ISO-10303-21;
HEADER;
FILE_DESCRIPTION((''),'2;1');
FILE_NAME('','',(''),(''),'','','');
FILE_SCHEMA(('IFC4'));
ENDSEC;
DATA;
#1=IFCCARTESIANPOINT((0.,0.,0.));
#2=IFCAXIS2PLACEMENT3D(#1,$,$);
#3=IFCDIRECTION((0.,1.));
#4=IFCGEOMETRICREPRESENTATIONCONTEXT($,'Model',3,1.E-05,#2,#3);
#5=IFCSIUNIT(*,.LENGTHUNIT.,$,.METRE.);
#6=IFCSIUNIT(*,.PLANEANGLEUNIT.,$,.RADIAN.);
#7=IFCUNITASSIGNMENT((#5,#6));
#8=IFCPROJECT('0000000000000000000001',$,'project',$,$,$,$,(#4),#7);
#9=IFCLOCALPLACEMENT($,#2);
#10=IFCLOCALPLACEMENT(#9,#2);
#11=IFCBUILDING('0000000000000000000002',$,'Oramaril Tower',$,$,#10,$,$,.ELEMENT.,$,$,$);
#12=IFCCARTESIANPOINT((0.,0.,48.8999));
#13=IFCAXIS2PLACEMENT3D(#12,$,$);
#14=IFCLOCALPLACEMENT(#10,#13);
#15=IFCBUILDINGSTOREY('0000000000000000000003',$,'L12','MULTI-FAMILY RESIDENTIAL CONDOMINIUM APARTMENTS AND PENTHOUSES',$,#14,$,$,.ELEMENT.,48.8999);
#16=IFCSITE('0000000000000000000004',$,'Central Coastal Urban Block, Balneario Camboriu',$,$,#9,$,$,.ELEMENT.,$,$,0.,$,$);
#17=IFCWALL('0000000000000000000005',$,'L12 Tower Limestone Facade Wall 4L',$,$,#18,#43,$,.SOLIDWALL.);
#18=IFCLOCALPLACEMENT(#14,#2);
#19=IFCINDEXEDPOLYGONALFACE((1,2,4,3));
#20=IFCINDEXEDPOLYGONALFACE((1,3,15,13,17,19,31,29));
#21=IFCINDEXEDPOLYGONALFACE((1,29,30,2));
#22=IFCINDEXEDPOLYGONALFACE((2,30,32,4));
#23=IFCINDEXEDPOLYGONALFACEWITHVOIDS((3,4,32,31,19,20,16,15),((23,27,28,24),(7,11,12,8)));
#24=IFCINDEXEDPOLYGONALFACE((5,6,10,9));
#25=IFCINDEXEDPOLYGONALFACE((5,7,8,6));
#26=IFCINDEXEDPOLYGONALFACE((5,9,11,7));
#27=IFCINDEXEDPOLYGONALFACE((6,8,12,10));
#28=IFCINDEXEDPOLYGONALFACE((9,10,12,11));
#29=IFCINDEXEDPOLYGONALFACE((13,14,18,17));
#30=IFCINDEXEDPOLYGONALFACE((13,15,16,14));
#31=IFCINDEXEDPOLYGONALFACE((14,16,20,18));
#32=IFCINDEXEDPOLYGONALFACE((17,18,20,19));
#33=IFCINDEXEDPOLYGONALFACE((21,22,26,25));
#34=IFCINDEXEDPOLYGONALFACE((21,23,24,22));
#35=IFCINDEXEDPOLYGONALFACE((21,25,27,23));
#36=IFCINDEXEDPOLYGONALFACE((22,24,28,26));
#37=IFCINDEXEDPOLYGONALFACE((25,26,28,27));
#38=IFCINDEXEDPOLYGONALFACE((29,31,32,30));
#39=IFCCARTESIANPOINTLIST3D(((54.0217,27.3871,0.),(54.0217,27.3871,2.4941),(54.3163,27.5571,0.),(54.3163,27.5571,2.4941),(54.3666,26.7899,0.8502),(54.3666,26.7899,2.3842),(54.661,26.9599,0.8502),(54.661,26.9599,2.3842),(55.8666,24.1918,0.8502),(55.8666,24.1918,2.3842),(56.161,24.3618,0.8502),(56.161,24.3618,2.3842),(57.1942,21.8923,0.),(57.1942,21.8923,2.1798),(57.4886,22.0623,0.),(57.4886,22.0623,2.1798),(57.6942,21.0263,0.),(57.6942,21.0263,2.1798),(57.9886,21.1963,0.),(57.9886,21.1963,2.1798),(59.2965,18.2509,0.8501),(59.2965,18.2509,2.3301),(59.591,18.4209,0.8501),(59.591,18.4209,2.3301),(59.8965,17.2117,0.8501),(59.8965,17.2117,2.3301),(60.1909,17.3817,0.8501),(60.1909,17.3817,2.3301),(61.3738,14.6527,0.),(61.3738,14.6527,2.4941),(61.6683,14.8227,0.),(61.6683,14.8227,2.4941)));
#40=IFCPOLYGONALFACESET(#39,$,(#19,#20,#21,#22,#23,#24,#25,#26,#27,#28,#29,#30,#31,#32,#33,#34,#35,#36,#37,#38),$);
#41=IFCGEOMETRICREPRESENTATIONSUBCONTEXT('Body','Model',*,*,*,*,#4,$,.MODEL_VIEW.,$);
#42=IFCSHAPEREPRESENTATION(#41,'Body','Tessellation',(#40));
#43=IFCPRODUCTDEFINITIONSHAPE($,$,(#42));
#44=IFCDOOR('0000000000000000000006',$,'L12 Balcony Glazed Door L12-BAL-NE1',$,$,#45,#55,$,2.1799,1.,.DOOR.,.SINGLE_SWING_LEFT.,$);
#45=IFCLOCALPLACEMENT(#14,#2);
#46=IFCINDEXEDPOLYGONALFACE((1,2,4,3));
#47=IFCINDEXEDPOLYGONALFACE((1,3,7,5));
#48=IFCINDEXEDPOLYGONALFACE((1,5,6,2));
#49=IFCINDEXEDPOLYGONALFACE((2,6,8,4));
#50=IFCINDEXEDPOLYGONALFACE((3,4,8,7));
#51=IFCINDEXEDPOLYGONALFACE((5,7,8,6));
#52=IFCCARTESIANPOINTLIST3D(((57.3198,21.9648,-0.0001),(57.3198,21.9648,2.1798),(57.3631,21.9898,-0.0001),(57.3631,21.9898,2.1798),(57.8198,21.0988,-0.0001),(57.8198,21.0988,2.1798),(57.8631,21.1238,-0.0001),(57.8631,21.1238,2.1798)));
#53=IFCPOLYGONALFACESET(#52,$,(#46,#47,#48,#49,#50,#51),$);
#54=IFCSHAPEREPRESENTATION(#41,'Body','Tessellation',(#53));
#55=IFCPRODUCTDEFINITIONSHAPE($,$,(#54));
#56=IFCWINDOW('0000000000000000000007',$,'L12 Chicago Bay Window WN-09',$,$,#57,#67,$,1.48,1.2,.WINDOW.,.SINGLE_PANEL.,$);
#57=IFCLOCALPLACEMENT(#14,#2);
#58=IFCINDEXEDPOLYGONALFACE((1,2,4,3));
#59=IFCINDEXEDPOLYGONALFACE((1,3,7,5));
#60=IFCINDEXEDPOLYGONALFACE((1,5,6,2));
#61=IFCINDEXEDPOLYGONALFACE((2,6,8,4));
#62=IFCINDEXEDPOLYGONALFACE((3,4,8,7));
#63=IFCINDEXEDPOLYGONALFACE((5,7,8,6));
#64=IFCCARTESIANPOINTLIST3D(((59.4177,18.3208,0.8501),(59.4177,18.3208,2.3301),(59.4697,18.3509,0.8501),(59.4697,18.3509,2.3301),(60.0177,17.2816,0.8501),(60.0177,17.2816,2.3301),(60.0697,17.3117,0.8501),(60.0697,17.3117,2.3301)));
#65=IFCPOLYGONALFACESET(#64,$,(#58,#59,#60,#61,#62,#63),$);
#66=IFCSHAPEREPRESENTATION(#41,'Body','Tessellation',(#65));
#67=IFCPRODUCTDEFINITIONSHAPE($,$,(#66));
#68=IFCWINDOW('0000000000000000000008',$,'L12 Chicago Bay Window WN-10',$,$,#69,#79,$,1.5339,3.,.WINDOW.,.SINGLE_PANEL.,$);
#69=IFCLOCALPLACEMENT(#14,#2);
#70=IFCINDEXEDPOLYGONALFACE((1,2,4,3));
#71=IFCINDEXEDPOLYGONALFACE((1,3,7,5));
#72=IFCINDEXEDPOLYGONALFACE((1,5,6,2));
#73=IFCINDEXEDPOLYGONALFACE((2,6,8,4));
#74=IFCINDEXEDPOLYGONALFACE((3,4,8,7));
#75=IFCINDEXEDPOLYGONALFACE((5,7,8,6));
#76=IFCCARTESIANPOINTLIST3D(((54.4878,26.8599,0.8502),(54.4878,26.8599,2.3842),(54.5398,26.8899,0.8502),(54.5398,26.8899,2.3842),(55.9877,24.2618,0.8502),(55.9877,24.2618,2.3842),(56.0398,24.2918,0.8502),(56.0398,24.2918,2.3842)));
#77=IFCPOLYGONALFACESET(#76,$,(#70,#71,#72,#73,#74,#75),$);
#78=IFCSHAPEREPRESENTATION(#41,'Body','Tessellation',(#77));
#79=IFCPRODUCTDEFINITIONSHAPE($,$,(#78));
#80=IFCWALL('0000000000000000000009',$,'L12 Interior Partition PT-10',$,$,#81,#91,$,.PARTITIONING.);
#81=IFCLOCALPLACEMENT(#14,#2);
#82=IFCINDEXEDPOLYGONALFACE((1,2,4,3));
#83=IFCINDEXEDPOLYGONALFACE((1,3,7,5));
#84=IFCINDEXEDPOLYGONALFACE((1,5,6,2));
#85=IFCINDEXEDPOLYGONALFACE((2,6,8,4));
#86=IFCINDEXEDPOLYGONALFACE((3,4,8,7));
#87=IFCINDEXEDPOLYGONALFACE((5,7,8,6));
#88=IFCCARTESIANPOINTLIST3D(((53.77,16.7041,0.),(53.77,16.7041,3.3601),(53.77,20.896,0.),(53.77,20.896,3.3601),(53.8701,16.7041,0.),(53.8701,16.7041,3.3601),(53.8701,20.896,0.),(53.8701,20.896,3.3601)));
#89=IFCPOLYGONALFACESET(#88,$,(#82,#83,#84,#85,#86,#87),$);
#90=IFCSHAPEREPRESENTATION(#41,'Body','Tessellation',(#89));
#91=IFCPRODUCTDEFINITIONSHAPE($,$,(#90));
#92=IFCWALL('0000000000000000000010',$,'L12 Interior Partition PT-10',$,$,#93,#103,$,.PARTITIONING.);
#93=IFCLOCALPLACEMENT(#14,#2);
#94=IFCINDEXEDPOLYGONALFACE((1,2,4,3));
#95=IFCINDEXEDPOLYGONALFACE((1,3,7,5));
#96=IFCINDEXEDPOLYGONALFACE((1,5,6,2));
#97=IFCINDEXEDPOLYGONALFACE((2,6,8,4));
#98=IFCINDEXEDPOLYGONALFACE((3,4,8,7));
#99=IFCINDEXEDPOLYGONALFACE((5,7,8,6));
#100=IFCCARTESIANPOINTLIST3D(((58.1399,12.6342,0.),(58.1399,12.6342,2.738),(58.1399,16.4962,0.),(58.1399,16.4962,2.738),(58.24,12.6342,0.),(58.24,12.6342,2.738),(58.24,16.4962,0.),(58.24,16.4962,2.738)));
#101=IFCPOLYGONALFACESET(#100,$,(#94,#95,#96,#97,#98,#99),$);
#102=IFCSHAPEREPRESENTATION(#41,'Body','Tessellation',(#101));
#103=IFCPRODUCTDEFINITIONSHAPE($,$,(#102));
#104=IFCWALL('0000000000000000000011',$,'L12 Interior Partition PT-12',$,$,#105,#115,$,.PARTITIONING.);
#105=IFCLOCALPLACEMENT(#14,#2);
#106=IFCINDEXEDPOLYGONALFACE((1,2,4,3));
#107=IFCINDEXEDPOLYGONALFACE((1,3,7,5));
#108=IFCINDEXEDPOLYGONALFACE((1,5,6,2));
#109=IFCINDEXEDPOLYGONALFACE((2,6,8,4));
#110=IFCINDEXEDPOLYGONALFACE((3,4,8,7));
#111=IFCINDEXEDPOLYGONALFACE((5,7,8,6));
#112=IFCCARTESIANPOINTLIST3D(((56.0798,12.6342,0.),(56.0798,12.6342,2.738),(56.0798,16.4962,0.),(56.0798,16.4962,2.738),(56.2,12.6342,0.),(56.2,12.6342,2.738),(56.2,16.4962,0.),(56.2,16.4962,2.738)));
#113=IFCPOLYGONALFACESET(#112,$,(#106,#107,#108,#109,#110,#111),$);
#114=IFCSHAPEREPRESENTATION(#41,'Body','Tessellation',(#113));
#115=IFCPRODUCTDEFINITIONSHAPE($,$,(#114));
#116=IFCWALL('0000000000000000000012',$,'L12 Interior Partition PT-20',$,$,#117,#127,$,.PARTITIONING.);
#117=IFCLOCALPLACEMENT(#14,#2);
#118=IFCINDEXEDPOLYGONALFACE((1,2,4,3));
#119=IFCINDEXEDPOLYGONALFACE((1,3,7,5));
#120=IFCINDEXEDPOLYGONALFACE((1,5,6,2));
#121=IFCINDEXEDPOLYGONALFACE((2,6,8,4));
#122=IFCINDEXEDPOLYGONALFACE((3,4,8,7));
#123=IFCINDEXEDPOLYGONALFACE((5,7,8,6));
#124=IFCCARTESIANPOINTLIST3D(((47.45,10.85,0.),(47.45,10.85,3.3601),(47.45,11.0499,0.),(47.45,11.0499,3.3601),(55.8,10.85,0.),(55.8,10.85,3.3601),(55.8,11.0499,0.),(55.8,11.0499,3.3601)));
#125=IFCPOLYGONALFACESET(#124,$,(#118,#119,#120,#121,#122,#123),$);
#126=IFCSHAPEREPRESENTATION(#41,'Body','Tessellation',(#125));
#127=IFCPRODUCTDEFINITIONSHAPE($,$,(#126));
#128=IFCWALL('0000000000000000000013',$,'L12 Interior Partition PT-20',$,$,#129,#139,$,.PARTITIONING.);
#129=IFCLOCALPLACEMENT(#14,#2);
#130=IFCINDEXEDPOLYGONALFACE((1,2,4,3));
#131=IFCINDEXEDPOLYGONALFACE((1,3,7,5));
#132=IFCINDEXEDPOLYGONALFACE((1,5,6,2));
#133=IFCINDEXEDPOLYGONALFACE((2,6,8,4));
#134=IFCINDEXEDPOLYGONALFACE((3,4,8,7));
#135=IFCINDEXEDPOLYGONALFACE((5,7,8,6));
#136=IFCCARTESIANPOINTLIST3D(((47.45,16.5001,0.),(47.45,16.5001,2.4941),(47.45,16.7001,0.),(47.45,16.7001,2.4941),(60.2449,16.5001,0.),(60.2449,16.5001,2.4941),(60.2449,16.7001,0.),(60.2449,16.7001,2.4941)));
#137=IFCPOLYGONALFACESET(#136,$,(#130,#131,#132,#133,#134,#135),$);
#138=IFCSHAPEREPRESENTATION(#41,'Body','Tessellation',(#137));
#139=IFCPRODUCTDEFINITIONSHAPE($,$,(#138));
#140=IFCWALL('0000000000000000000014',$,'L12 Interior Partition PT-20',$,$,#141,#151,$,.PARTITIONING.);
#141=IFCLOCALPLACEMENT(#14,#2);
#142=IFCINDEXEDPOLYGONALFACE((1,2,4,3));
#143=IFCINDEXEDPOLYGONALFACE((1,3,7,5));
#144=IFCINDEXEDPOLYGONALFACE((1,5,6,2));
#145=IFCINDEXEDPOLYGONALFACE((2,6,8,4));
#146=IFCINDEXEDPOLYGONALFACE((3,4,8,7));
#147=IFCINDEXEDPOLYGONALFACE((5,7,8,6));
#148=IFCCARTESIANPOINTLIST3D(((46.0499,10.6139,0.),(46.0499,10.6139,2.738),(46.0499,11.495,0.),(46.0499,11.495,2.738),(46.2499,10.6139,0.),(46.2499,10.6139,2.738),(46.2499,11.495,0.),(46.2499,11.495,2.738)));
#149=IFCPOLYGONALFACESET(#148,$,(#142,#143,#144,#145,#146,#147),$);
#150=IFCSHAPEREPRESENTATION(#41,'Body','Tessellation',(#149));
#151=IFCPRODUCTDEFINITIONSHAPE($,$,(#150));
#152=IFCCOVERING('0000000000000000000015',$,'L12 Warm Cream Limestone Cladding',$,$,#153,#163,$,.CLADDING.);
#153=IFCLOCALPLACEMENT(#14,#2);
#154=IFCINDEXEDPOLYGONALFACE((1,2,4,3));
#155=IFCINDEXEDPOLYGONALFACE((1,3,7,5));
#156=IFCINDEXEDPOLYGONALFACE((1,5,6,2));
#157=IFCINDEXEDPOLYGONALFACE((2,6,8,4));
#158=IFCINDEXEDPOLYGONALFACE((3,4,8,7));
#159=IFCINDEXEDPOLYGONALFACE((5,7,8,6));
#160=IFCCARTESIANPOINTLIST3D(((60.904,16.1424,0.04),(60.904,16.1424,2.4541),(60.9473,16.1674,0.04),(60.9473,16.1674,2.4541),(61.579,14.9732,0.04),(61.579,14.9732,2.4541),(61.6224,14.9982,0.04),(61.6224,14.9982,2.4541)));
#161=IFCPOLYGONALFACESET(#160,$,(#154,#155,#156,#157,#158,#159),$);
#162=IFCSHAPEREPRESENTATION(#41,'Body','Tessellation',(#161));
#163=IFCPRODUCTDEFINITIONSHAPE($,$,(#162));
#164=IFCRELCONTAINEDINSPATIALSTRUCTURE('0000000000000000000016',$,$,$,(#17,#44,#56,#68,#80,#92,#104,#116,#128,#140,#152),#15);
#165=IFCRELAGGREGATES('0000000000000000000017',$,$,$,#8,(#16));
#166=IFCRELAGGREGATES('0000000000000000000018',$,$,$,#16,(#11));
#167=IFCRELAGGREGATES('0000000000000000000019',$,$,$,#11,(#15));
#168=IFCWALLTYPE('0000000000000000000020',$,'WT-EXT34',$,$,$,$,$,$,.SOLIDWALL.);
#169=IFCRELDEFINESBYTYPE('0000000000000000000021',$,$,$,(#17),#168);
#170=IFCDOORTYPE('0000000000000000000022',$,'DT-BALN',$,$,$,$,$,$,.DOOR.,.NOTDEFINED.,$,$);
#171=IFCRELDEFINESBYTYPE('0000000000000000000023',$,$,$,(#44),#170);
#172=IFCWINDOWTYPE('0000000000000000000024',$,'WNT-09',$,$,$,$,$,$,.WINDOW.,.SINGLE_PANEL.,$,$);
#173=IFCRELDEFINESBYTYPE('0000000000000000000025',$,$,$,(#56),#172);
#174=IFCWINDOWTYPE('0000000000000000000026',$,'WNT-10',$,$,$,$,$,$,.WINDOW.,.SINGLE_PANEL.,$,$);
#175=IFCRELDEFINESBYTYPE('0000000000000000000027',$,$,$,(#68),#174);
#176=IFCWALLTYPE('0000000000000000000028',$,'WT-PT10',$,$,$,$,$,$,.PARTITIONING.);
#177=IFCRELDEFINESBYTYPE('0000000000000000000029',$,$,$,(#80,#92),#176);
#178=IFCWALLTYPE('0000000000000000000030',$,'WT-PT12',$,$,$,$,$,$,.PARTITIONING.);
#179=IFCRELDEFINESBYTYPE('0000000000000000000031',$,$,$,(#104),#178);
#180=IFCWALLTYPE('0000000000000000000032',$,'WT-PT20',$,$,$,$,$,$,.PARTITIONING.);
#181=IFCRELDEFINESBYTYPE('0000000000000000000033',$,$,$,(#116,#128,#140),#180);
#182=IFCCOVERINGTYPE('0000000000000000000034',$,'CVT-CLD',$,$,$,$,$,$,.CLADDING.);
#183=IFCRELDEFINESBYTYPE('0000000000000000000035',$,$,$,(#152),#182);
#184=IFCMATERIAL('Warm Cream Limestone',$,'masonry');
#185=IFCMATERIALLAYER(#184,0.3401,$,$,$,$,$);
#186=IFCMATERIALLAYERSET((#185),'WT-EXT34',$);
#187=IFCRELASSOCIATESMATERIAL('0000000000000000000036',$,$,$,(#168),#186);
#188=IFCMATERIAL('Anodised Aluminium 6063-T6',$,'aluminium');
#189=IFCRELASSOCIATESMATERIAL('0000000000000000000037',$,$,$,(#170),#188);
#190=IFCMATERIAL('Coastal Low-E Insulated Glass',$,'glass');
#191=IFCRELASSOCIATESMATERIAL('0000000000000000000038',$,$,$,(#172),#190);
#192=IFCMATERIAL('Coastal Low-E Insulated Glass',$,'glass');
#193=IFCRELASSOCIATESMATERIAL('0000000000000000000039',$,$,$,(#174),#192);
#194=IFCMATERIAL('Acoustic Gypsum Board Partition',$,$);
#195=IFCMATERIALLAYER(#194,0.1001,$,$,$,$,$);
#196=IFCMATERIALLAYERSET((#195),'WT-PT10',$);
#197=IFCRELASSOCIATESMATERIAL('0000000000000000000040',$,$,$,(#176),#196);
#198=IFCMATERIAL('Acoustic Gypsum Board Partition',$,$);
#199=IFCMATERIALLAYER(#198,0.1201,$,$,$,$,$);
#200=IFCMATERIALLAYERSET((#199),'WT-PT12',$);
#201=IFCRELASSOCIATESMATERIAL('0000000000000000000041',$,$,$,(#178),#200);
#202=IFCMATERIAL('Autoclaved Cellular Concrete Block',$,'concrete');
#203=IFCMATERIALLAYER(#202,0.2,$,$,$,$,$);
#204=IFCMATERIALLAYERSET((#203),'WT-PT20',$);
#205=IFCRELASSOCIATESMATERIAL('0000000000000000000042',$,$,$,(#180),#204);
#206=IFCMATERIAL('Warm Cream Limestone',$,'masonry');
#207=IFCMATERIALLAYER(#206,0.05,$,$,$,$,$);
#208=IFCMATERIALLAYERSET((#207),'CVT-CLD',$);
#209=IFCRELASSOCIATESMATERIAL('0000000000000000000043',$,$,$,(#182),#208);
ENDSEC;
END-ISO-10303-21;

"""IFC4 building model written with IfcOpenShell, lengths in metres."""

from ifc_helpers import new_model, si_unit, direction, frame, frame_2d, origin, origin_2d, place, context, subcontext, project, spatial, rectangle, extrude, material, layer, layer_set, type_object, element, fill, save


model = new_model("IFC4")

# Units and contexts
model_context = context("Model", 3, precision=1e-05, world=origin(), true_north=direction((0.0, 1.0)))
body_context = subcontext(model_context, "Body", "Model", "MODEL_VIEW")
ifc_project = project(units=[si_unit("LENGTHUNIT", "METRE"), si_unit("PLANEANGLEUNIT", "RADIAN")], contexts=[model_context])

# Site, building, storey
site_placement = place(None, origin())
site = spatial("IfcSite", under=ifc_project, at=site_placement, Name="Central Coastal Urban Block, Balneario Camboriu", CompositionType="ELEMENT", RefElevation=0.0)
building_placement = place(site_placement, origin())
building = spatial("IfcBuilding", under=site, at=building_placement, Name="Oramaril Tower", CompositionType="ELEMENT")
storey_placement = place(building_placement, frame((0.0, 0.0, 48.8999)))
storey = spatial("IfcBuildingStorey", under=building, at=storey_placement, Name="L12", Description="MULTI-FAMILY RESIDENTIAL CONDOMINIUM APARTMENTS AND PENTHOUSES", CompositionType="ELEMENT", Elevation=48.8999)

# Wall, openings, door, windows
ifc_material_1 = material(Name="Warm Cream Limestone", Category="masonry")
ifc_layer_1 = layer(ifc_material_1, 0.3401)
ifc_layer_set_1 = layer_set([ifc_layer_1], Name="WT-EXT34")
wall_type_1 = type_object("IfcWallType", Name="WT-EXT34", PredefinedType="SOLIDWALL", material=ifc_layer_set_1)
wall_1_placement = place(storey_placement, frame((61.521, 14.7378, 0.0), z_axis=(0.0, 0.0, 1.0), x_axis=(-0.499993, 0.86603, 0.0)))
wall_1 = element("IfcWall", 1, at=wall_1_placement, inside=storey, type_object=wall_type_1, Name="L12 Tower Limestone Facade Wall 4L", PredefinedType="SOLIDWALL", context=body_context, shape_type="SweptSolid", body=[
    extrude(rectangle(XDim=14.7043, YDim=0.3401, at=frame_2d((7.3521, 0.0))), origin(), (0.0, 0.0, 1.0), 2.4941),
])
opening_1_placement = place(wall_1_placement, frame((7.3594, 0.0, 0.0)))
opening_1 = element("IfcOpeningElement", 2, at=opening_1_placement, cuts=wall_1, PredefinedType="OPENING", context=body_context, shape_type="SweptSolid", body=[
    extrude(rectangle(XDim=1.0, YDim=2.1799, at=frame_2d((0.5, 1.0898))), frame((0.0, 0.1699, 0.0), z_axis=(0.0, -1.0, 0.0), x_axis=(1.0, 0.0, 0.0)), (0.0, 0.0, 1.0), 0.3401),
])
opening_2_placement = place(wall_1_placement, frame((11.0146, 0.0, 0.8501)))
opening_2 = element("IfcOpeningElement", 3, at=opening_2_placement, cuts=wall_1, PredefinedType="OPENING", context=body_context, shape_type="SweptSolid", body=[
    extrude(rectangle(XDim=3.0, YDim=1.5339, at=frame_2d((1.5, 0.7671))), frame((0.0, 0.1699, 0.0), z_axis=(0.0, -1.0, 0.0), x_axis=(1.0, 0.0, 0.0)), (0.0, 0.0, 1.0), 0.3401),
])
opening_3_placement = place(wall_1_placement, frame((2.9546, 0.0, 0.8501)))
opening_3 = element("IfcOpeningElement", 4, at=opening_3_placement, cuts=wall_1, PredefinedType="OPENING", context=body_context, shape_type="SweptSolid", body=[
    extrude(rectangle(XDim=1.2, YDim=1.48, at=frame_2d((0.6001, 0.74))), frame((0.0, 0.1699, 0.0), z_axis=(0.0, -1.0, 0.0), x_axis=(1.0, 0.0, 0.0)), (0.0, 0.0, 1.0), 0.3401),
])
ifc_material_2 = material(Name="Anodised Aluminium 6063-T6", Category="aluminium")
door_type_1 = type_object("IfcDoorType", Name="DT-BALN", OperationType="NOTDEFINED", PredefinedType="DOOR", material=ifc_material_2)
door_1_placement = place(opening_1_placement, origin())
door_1 = element("IfcDoor", 5, at=door_1_placement, inside=storey, type_object=door_type_1, Name="L12 Balcony Glazed Door L12-BAL-NE1", OperationType="SINGLE_SWING_LEFT", OverallHeight=2.1799, OverallWidth=1.0, PredefinedType="DOOR", context=body_context, shape_type="SweptSolid", body=[
    extrude(rectangle(XDim=1.0, YDim=2.1799, at=frame_2d((0.5, 1.0898))), frame((0.0, 0.0249, 0.0), z_axis=(0.0, -1.0, 0.0), x_axis=(1.0, 0.0, 0.0)), (0.0, 0.0, 1.0), 0.05),
])
fill(opening_1, door_1)
ifc_material_3 = material(Name="Coastal Low-E Insulated Glass", Category="glass")
window_type_1 = type_object("IfcWindowType", Name="WNT-09", PartitioningType="SINGLE_PANEL", PredefinedType="WINDOW", material=ifc_material_3)
window_1_placement = place(opening_3_placement, origin())
window_1 = element("IfcWindow", 6, at=window_1_placement, inside=storey, type_object=window_type_1, Name="L12 Chicago Bay Window WN-09", OverallHeight=1.48, OverallWidth=1.2, PartitioningType="SINGLE_PANEL", PredefinedType="WINDOW", context=body_context, shape_type="SweptSolid", body=[
    extrude(rectangle(XDim=1.2, YDim=1.48, at=frame_2d((0.6001, 0.74))), frame((0.0, 0.03, 0.0), z_axis=(0.0, -1.0, 0.0), x_axis=(1.0, 0.0, 0.0)), (0.0, 0.0, 1.0), 0.0601),
])
fill(opening_3, window_1)
ifc_material_4 = material(Name="Coastal Low-E Insulated Glass", Category="glass")
window_type_2 = type_object("IfcWindowType", Name="WNT-10", PartitioningType="SINGLE_PANEL", PredefinedType="WINDOW", material=ifc_material_4)
window_2_placement = place(opening_2_placement, origin())
window_2 = element("IfcWindow", 7, at=window_2_placement, inside=storey, type_object=window_type_2, Name="L12 Chicago Bay Window WN-10", OverallHeight=1.5339, OverallWidth=3.0, PartitioningType="SINGLE_PANEL", PredefinedType="WINDOW", context=body_context, shape_type="SweptSolid", body=[
    extrude(rectangle(XDim=3.0, YDim=1.5339, at=frame_2d((1.5, 0.7671))), frame((0.0, 0.03, 0.0), z_axis=(0.0, -1.0, 0.0), x_axis=(1.0, 0.0, 0.0)), (0.0, 0.0, 1.0), 0.0601),
])
fill(opening_2, window_2)

# Walls
ifc_material_5 = material(Name="Acoustic Gypsum Board Partition")
ifc_layer_2 = layer(ifc_material_5, 0.1001)
ifc_layer_set_2 = layer_set([ifc_layer_2], Name="WT-PT10")
wall_type_2 = type_object("IfcWallType", Name="WT-PT10", PredefinedType="PARTITIONING", material=ifc_layer_set_2)
wall_2_placement = place(storey_placement, frame((53.8201, 16.7041, 0.0), z_axis=(0.0, 0.0, 1.0), x_axis=(0.0, 1.0, 0.0)))
element("IfcWall", 8, at=wall_2_placement, inside=storey, type_object=wall_type_2, Name="L12 Interior Partition PT-10", PredefinedType="PARTITIONING", context=body_context, shape_type="SweptSolid", body=[
    extrude(rectangle(XDim=4.1919, YDim=0.1001, at=frame_2d((2.0959, 0.0))), origin(), (0.0, 0.0, 1.0), 3.3601),
])
wall_3_placement = place(storey_placement, frame((58.1899, 12.634, 0.0), z_axis=(0.0, 0.0, 1.0), x_axis=(0.0, 1.0, 0.0)))
element("IfcWall", 9, at=wall_3_placement, inside=storey, type_object=wall_type_2, Name="L12 Interior Partition PT-10", PredefinedType="PARTITIONING", context=body_context, shape_type="SweptSolid", body=[
    extrude(rectangle(XDim=3.8621, YDim=0.1001, at=frame_2d((1.9312, 0.0))), origin(), (0.0, 0.0, 1.0), 2.738),
])
ifc_material_6 = material(Name="Acoustic Gypsum Board Partition")
ifc_layer_3 = layer(ifc_material_6, 0.1201)
ifc_layer_set_3 = layer_set([ifc_layer_3], Name="WT-PT12")
wall_type_3 = type_object("IfcWallType", Name="WT-PT12", PredefinedType="PARTITIONING", material=ifc_layer_set_3)
wall_4_placement = place(storey_placement, frame((56.1399, 12.634, 0.0), z_axis=(0.0, 0.0, 1.0), x_axis=(0.0, 1.0, 0.0)))
element("IfcWall", 10, at=wall_4_placement, inside=storey, type_object=wall_type_3, Name="L12 Interior Partition PT-12", PredefinedType="PARTITIONING", context=body_context, shape_type="SweptSolid", body=[
    extrude(rectangle(XDim=3.8621, YDim=0.1201, at=frame_2d((1.9312, 0.0))), origin(), (0.0, 0.0, 1.0), 2.738),
])

# Walls
ifc_material_7 = material(Name="Autoclaved Cellular Concrete Block", Category="concrete")
ifc_layer_4 = layer(ifc_material_7, 0.2)
ifc_layer_set_4 = layer_set([ifc_layer_4], Name="WT-PT20")
wall_type_4 = type_object("IfcWallType", Name="WT-PT20", PredefinedType="PARTITIONING", material=ifc_layer_set_4)
wall_5_placement = place(storey_placement, frame((47.45, 10.95, 0.0), z_axis=(0.0, 0.0, 1.0), x_axis=(1.0, 0.0, 0.0)))
element("IfcWall", 11, at=wall_5_placement, inside=storey, type_object=wall_type_4, Name="L12 Interior Partition PT-20", PredefinedType="PARTITIONING", context=body_context, shape_type="SweptSolid", body=[
    extrude(rectangle(XDim=8.3501, YDim=0.2, at=frame_2d((4.175, 0.0))), origin(), (0.0, 0.0, 1.0), 3.3601),
])
wall_6_placement = place(storey_placement, frame((47.45, 16.6001, 0.0), z_axis=(0.0, 0.0, 1.0), x_axis=(1.0, 0.0, 0.0)))
element("IfcWall", 12, at=wall_6_placement, inside=storey, type_object=wall_type_4, Name="L12 Interior Partition PT-20", PredefinedType="PARTITIONING", context=body_context, shape_type="SweptSolid", body=[
    extrude(rectangle(XDim=12.7949, YDim=0.2, at=frame_2d((6.3975, 0.0))), origin(), (0.0, 0.0, 1.0), 2.4941),
])
wall_7_placement = place(storey_placement, frame((46.1499, 10.614, 0.0), z_axis=(0.0, 0.0, 1.0), x_axis=(0.0, 1.0, 0.0)))
element("IfcWall", 13, at=wall_7_placement, inside=storey, type_object=wall_type_4, Name="L12 Interior Partition PT-20", PredefinedType="PARTITIONING", context=body_context, shape_type="SweptSolid", body=[
    extrude(rectangle(XDim=0.8811, YDim=0.2, at=frame_2d((0.4404, 0.0))), origin(), (0.0, 0.0, 1.0), 2.738),
])

# Covering
ifc_material_8 = material(Name="Warm Cream Limestone", Category="masonry")
ifc_layer_5 = layer(ifc_material_8, 0.05)
ifc_layer_set_5 = layer_set([ifc_layer_5], Name="CVT-CLD")
covering_type = type_object("IfcCoveringType", Name="CVT-CLD", PredefinedType="CLADDING", material=ifc_layer_set_5)
covering_placement = place(storey_placement, frame((61.2632, 15.5703, 0.04), z_axis=(0.0, 0.0, 1.0), x_axis=(-0.5, 0.866025, 0.0)))
element("IfcCovering", 14, at=covering_placement, inside=storey, type_object=covering_type, Name="L12 Warm Cream Limestone Cladding", PredefinedType="CLADDING", context=body_context, shape_type="SweptSolid", body=[
    extrude(rectangle(XDim=1.3501, YDim=0.05, at=origin_2d()), origin(), (0.0, 0.0, 1.0), 2.4141),
])

save(model, "model.ifc")
